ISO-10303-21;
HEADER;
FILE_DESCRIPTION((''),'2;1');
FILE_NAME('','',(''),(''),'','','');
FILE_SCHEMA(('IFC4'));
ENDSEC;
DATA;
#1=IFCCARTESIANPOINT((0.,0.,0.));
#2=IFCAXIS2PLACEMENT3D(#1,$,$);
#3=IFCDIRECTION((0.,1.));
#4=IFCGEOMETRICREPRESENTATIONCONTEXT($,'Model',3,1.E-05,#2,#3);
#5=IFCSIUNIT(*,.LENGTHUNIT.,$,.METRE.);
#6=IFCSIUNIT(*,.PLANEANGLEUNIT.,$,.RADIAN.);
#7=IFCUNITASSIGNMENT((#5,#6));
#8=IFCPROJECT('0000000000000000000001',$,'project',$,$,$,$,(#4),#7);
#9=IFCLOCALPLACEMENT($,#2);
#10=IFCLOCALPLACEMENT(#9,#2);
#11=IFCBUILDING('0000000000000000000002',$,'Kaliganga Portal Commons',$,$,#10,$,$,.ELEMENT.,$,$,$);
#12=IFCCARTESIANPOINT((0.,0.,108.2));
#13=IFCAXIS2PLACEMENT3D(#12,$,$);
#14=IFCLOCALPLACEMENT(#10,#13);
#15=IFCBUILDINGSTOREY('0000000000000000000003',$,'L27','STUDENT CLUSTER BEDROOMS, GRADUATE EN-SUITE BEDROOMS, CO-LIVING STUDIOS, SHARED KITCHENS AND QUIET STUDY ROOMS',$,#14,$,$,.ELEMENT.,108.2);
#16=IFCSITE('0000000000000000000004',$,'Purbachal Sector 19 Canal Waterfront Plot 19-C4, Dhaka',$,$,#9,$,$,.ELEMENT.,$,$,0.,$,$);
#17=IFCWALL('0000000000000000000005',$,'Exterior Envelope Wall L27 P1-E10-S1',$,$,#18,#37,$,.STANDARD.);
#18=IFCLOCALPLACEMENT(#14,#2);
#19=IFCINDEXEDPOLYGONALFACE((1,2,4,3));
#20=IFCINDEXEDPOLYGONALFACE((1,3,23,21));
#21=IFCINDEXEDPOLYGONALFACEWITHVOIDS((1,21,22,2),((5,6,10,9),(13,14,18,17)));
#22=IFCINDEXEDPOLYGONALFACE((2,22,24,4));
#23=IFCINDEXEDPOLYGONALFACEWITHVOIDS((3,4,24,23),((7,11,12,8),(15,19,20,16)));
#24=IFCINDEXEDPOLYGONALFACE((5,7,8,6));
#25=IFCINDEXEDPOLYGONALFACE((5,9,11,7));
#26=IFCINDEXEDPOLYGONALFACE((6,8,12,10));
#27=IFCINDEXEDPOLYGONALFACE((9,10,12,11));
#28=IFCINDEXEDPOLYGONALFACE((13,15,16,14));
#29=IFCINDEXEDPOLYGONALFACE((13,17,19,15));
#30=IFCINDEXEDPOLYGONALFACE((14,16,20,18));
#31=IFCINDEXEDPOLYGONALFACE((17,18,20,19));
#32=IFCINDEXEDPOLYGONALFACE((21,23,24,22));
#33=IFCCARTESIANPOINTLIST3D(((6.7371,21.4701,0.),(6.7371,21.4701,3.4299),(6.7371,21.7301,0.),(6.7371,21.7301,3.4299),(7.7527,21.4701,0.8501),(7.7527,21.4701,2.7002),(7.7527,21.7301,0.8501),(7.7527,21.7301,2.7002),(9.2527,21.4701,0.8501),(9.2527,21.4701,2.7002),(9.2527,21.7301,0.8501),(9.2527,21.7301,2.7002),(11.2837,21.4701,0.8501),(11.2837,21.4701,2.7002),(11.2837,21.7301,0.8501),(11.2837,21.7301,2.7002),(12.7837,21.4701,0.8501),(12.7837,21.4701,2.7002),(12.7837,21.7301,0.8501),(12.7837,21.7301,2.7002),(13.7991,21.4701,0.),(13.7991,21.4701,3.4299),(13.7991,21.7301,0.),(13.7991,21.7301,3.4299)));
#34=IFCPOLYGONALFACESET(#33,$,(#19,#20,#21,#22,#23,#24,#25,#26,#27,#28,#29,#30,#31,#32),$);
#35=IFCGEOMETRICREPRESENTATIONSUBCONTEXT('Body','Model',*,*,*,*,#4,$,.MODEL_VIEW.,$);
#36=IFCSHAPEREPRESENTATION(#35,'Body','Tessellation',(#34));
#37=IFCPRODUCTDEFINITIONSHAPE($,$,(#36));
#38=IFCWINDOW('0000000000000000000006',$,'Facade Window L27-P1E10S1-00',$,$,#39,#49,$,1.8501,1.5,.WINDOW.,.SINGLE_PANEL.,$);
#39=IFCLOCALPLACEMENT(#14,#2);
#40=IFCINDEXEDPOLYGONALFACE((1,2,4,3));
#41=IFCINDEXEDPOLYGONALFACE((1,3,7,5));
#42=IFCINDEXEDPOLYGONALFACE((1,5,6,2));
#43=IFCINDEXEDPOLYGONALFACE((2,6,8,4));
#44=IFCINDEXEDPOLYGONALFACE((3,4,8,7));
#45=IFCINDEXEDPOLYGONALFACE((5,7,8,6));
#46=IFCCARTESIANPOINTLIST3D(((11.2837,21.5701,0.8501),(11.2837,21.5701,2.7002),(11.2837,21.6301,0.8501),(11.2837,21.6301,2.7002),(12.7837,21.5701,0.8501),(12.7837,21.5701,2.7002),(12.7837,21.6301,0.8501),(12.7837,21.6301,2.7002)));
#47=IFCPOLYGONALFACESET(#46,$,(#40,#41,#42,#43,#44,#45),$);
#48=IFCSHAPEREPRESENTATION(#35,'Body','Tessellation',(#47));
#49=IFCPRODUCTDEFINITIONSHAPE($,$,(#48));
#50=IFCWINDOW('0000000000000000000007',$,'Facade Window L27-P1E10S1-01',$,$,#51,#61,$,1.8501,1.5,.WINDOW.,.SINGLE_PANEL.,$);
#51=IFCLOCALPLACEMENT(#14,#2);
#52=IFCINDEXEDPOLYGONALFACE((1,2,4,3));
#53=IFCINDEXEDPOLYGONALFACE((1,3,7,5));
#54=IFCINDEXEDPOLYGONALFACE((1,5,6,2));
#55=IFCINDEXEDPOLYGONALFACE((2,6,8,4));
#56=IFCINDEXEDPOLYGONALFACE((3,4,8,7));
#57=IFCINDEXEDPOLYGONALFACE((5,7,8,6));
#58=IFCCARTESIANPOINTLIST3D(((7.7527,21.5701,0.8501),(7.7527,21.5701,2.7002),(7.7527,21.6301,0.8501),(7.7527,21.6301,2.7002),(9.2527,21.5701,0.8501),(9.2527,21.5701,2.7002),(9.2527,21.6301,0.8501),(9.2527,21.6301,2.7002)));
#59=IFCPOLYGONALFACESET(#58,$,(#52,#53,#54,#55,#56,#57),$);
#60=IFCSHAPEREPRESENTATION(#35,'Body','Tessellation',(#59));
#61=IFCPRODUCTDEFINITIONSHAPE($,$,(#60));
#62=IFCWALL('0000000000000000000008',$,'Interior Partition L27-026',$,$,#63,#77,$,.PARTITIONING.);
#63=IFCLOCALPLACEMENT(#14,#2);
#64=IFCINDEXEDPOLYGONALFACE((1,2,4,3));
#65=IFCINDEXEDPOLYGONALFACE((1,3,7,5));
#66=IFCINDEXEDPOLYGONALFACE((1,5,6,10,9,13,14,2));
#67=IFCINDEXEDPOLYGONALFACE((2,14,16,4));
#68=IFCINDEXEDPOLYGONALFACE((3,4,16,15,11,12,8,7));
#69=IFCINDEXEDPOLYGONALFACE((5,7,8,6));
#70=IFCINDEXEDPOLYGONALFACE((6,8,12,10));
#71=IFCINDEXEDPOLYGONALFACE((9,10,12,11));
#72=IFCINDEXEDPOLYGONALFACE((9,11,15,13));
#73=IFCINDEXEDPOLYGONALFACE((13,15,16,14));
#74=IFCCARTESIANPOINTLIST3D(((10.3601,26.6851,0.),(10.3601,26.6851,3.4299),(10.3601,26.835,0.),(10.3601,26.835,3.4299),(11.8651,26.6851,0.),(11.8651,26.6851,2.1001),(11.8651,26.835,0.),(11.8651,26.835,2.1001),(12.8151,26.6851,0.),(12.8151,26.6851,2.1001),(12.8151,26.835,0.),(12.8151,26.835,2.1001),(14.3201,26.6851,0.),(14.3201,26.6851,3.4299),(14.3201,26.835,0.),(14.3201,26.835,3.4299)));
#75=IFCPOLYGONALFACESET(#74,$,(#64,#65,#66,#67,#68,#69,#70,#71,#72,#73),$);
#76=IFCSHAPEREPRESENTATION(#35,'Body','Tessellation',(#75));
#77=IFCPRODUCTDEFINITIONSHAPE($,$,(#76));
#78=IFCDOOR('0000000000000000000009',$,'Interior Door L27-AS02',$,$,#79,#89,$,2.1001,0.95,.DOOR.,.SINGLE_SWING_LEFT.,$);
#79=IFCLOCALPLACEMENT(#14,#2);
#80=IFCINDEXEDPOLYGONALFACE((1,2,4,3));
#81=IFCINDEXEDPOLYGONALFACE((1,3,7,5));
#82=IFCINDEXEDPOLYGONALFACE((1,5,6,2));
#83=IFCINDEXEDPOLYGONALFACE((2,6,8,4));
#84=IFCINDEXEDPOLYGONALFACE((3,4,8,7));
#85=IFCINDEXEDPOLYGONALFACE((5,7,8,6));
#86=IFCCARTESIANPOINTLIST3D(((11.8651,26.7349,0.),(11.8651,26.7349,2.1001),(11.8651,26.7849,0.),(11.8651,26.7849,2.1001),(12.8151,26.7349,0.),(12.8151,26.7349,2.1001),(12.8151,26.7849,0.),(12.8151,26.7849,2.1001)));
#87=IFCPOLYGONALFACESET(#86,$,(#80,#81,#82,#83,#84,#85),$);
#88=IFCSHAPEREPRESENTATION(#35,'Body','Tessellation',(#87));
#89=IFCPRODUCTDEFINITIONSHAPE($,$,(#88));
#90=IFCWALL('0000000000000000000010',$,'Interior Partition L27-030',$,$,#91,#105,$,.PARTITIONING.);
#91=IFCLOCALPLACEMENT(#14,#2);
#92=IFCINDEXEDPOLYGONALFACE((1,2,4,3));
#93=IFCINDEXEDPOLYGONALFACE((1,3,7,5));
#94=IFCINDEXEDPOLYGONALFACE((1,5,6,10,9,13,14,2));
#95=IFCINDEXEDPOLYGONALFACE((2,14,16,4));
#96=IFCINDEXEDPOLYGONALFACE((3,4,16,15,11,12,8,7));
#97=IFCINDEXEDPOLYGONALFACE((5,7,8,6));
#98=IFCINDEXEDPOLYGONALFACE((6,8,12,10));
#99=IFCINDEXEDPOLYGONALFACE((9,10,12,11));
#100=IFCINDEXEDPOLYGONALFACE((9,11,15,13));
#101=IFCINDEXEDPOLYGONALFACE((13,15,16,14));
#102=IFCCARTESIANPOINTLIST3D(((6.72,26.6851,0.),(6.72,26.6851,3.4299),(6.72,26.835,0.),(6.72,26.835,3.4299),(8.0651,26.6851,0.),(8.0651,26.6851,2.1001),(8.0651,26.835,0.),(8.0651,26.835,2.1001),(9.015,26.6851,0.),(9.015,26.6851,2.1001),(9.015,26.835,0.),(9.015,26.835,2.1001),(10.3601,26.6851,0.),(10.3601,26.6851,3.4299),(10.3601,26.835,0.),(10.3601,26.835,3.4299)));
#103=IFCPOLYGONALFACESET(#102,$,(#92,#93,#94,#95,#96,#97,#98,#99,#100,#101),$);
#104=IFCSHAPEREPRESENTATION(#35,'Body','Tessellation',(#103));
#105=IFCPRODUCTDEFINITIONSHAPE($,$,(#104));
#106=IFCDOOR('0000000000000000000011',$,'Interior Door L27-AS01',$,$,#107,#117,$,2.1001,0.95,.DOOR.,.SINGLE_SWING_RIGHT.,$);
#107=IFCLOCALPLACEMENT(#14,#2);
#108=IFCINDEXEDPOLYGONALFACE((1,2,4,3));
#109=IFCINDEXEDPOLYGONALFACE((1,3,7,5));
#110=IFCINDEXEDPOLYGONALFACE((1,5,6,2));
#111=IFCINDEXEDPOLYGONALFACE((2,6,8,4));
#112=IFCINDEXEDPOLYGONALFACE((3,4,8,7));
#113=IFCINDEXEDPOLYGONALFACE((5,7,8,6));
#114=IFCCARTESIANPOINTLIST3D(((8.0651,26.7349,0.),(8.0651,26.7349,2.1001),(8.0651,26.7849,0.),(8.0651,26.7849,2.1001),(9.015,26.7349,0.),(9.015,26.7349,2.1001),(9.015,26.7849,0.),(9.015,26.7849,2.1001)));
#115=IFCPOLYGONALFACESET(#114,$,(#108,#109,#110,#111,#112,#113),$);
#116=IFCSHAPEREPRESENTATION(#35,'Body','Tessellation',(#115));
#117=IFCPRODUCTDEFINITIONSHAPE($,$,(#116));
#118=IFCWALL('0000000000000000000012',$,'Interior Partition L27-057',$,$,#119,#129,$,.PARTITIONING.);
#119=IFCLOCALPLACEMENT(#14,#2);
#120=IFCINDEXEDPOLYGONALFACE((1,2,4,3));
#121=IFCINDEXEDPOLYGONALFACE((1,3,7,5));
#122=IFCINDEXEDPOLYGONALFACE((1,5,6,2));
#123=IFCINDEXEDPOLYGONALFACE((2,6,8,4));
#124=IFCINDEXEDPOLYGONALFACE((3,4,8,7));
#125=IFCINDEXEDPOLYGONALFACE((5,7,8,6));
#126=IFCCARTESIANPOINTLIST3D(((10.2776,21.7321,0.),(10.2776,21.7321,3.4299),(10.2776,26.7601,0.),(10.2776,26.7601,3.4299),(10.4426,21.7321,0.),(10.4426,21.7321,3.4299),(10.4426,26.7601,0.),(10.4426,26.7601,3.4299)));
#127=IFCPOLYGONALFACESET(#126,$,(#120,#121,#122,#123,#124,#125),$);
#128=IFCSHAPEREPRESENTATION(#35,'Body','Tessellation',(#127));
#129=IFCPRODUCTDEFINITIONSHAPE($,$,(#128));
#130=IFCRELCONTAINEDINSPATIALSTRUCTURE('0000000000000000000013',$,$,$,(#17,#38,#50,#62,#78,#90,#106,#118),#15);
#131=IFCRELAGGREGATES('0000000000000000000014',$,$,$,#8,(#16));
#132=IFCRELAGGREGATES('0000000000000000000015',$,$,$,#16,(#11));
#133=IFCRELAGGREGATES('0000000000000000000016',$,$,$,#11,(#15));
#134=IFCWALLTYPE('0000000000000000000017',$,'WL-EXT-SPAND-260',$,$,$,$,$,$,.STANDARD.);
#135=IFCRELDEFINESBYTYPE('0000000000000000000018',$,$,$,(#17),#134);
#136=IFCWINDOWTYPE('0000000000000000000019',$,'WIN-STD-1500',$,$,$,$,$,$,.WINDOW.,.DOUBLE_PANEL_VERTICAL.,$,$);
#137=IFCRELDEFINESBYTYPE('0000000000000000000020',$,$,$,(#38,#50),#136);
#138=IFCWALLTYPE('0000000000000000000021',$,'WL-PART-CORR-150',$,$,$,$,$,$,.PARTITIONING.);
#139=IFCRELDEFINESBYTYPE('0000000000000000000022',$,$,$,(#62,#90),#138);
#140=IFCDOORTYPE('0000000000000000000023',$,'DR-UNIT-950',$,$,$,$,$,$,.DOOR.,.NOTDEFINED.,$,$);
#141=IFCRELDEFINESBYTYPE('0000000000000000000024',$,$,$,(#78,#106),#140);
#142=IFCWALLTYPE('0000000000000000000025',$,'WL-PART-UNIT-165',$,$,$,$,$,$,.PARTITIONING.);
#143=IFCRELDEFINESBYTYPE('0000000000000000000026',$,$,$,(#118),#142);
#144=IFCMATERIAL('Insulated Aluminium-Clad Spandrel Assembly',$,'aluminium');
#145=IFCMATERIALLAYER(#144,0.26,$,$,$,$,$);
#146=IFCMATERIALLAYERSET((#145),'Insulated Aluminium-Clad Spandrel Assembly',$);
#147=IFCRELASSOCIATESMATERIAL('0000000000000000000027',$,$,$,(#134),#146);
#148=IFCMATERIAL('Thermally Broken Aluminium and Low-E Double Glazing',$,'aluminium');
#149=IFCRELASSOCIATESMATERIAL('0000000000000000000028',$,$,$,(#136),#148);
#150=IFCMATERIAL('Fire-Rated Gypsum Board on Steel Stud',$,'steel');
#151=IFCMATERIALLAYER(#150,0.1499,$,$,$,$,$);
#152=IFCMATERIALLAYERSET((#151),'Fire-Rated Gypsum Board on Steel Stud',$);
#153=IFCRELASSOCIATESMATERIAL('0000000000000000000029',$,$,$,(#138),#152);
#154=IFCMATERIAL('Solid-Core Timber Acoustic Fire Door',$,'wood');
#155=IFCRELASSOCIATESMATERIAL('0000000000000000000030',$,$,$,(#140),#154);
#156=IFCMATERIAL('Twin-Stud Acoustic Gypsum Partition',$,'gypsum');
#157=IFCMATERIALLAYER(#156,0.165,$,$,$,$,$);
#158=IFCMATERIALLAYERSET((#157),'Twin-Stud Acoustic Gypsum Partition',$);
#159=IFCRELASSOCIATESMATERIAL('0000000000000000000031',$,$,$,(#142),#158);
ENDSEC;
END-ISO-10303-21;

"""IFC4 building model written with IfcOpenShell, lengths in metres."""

from ifc_helpers import new_model, si_unit, direction, frame, frame_2d, origin, place, context, subcontext, project, spatial, rectangle, extrude, material, layer, layer_set, type_object, element, fill, save


model = new_model("IFC4")

# Units and contexts
model_context = context("Model", 3, precision=1e-05, world=origin(), true_north=direction((0.0, 1.0)))
body_context = subcontext(model_context, "Body", "Model", "MODEL_VIEW")
ifc_project = project(units=[si_unit("LENGTHUNIT", "METRE"), si_unit("PLANEANGLEUNIT", "RADIAN")], contexts=[model_context])

# Site, building, storey
site_placement = place(None, origin())
site = spatial("IfcSite", under=ifc_project, at=site_placement, Name="Purbachal Sector 19 Canal Waterfront Plot 19-C4, Dhaka", CompositionType="ELEMENT", RefElevation=0.0)
building_placement = place(site_placement, origin())
building = spatial("IfcBuilding", under=site, at=building_placement, Name="Kaliganga Portal Commons", CompositionType="ELEMENT")
storey_placement = place(building_placement, frame((0.0, 0.0, 108.2)))
storey = spatial("IfcBuildingStorey", under=building, at=storey_placement, Name="L27", Description="STUDENT CLUSTER BEDROOMS, GRADUATE EN-SUITE BEDROOMS, CO-LIVING STUDIOS, SHARED KITCHENS AND QUIET STUDY ROOMS", CompositionType="ELEMENT", Elevation=108.2)

# Wall, openings, windows
ifc_material_1 = material(Name="Insulated Aluminium-Clad Spandrel Assembly", Category="aluminium")
ifc_layer_1 = layer(ifc_material_1, 0.26)
ifc_layer_set_1 = layer_set([ifc_layer_1], Name="Insulated Aluminium-Clad Spandrel Assembly")
wall_type_1 = type_object("IfcWallType", Name="WL-EXT-SPAND-260", PredefinedType="STANDARD", material=ifc_layer_set_1)
wall_1_placement = place(storey_placement, frame((13.7991, 21.6001, 0.0), z_axis=(0.0, 0.0, 1.0), x_axis=(-1.0, 0.0, 0.0)))
wall_1 = element("IfcWall", 1, at=wall_1_placement, inside=storey, type_object=wall_type_1, Name="Exterior Envelope Wall L27 P1-E10-S1", PredefinedType="STANDARD", context=body_context, shape_type="SweptSolid", body=[
    extrude(rectangle(XDim=7.062, YDim=0.26, at=frame_2d((3.531, 0.0))), origin(), (0.0, 0.0, 1.0), 3.4299),
])
opening_1_placement = place(wall_1_placement, frame((1.0154, 0.0, 0.8501)))
opening_1 = element("IfcOpeningElement", 2, at=opening_1_placement, cuts=wall_1, PredefinedType="OPENING", context=body_context, shape_type="SweptSolid", body=[
    extrude(rectangle(XDim=1.5, YDim=1.8501, at=frame_2d((0.75, 0.925))), frame((0.0, 0.1401, 0.0), z_axis=(0.0, -1.0, 0.0), x_axis=(1.0, 0.0, 0.0)), (0.0, 0.0, 1.0), 0.28),
])
opening_2_placement = place(wall_1_placement, frame((4.5464, 0.0, 0.8501)))
opening_2 = element("IfcOpeningElement", 3, at=opening_2_placement, cuts=wall_1, PredefinedType="OPENING", context=body_context, shape_type="SweptSolid", body=[
    extrude(rectangle(XDim=1.5, YDim=1.8501, at=frame_2d((0.75, 0.925))), frame((0.0, 0.1401, 0.0), z_axis=(0.0, -1.0, 0.0), x_axis=(1.0, 0.0, 0.0)), (0.0, 0.0, 1.0), 0.28),
])
ifc_material_2 = material(Name="Thermally Broken Aluminium and Low-E Double Glazing", Category="aluminium")
window_type = type_object("IfcWindowType", Name="WIN-STD-1500", PartitioningType="DOUBLE_PANEL_VERTICAL", PredefinedType="WINDOW", material=ifc_material_2)
window_1_placement = place(opening_1_placement, origin())
window_1 = element("IfcWindow", 4, at=window_1_placement, inside=storey, type_object=window_type, Name="Facade Window L27-P1E10S1-00", OverallHeight=1.8501, OverallWidth=1.5, PartitioningType="SINGLE_PANEL", PredefinedType="WINDOW", context=body_context, shape_type="SweptSolid", body=[
    extrude(rectangle(XDim=1.5, YDim=1.8501, at=frame_2d((0.75, 0.925))), frame((0.0, 0.03, 0.0), z_axis=(0.0, -1.0, 0.0), x_axis=(1.0, 0.0, 0.0)), (0.0, 0.0, 1.0), 0.0601),
])
fill(opening_1, window_1)
window_2_placement = place(opening_2_placement, origin())
window_2 = element("IfcWindow", 5, at=window_2_placement, inside=storey, type_object=window_type, Name="Facade Window L27-P1E10S1-01", OverallHeight=1.8501, OverallWidth=1.5, PartitioningType="SINGLE_PANEL", PredefinedType="WINDOW", context=body_context, shape_type="SweptSolid", body=[
    extrude(rectangle(XDim=1.5, YDim=1.8501, at=frame_2d((0.75, 0.925))), frame((0.0, 0.03, 0.0), z_axis=(0.0, -1.0, 0.0), x_axis=(1.0, 0.0, 0.0)), (0.0, 0.0, 1.0), 0.0601),
])
fill(opening_2, window_2)

# Walls, openings, doors
ifc_material_3 = material(Name="Fire-Rated Gypsum Board on Steel Stud", Category="steel")
ifc_layer_2 = layer(ifc_material_3, 0.1499)
ifc_layer_set_2 = layer_set([ifc_layer_2], Name="Fire-Rated Gypsum Board on Steel Stud")
wall_type_2 = type_object("IfcWallType", Name="WL-PART-CORR-150", PredefinedType="PARTITIONING", material=ifc_layer_set_2)
wall_2_placement = place(storey_placement, frame((10.3601, 26.76, 0.0), z_axis=(0.0, 0.0, 1.0), x_axis=(1.0, 0.0, 0.0)))
wall_2 = element("IfcWall", 6, at=wall_2_placement, inside=storey, type_object=wall_type_2, Name="Interior Partition L27-026", PredefinedType="PARTITIONING", context=body_context, shape_type="SweptSolid", body=[
    extrude(rectangle(XDim=3.96, YDim=0.1499, at=frame_2d((1.98, 0.0))), origin(), (0.0, 0.0, 1.0), 3.4299),
])
opening_3_placement = place(wall_2_placement, frame((1.5049, 0.0, 0.0)))
opening_3 = element("IfcOpeningElement", 7, at=opening_3_placement, cuts=wall_2, PredefinedType="OPENING", context=body_context, shape_type="SweptSolid", body=[
    extrude(rectangle(XDim=0.95, YDim=2.1001, at=frame_2d((0.4751, 1.05))), frame((0.0, 0.085, 0.0), z_axis=(0.0, -1.0, 0.0), x_axis=(1.0, 0.0, 0.0)), (0.0, 0.0, 1.0), 0.1699),
])
ifc_material_4 = material(Name="Solid-Core Timber Acoustic Fire Door", Category="wood")
door_type = type_object("IfcDoorType", Name="DR-UNIT-950", OperationType="NOTDEFINED", PredefinedType="DOOR", material=ifc_material_4)
door_1_placement = place(opening_3_placement, origin())
door_1 = element("IfcDoor", 8, at=door_1_placement, inside=storey, type_object=door_type, Name="Interior Door L27-AS02", OperationType="SINGLE_SWING_LEFT", OverallHeight=2.1001, OverallWidth=0.95, PredefinedType="DOOR", context=body_context, shape_type="SweptSolid", body=[
    extrude(rectangle(XDim=0.95, YDim=2.1001, at=frame_2d((0.4751, 1.05))), frame((0.0, 0.0249, 0.0), z_axis=(0.0, -1.0, 0.0), x_axis=(1.0, 0.0, 0.0)), (0.0, 0.0, 1.0), 0.05),
])
fill(opening_3, door_1)
wall_3_placement = place(storey_placement, frame((6.72, 26.76, 0.0), z_axis=(0.0, 0.0, 1.0), x_axis=(1.0, 0.0, 0.0)))
wall_3 = element("IfcWall", 9, at=wall_3_placement, inside=storey, type_object=wall_type_2, Name="Interior Partition L27-030", PredefinedType="PARTITIONING", context=body_context, shape_type="SweptSolid", body=[
    extrude(rectangle(XDim=3.6401, YDim=0.1499, at=frame_2d((1.8201, 0.0))), origin(), (0.0, 0.0, 1.0), 3.4299),
])
opening_4_placement = place(wall_3_placement, frame((1.345, 0.0, 0.0)))
opening_4 = element("IfcOpeningElement", 10, at=opening_4_placement, cuts=wall_3, PredefinedType="OPENING", context=body_context, shape_type="SweptSolid", body=[
    extrude(rectangle(XDim=0.95, YDim=2.1001, at=frame_2d((0.4751, 1.05))), frame((0.0, 0.085, 0.0), z_axis=(0.0, -1.0, 0.0), x_axis=(1.0, 0.0, 0.0)), (0.0, 0.0, 1.0), 0.1699),
])
door_2_placement = place(opening_4_placement, origin())
door_2 = element("IfcDoor", 11, at=door_2_placement, inside=storey, type_object=door_type, Name="Interior Door L27-AS01", OperationType="SINGLE_SWING_RIGHT", OverallHeight=2.1001, OverallWidth=0.95, PredefinedType="DOOR", context=body_context, shape_type="SweptSolid", body=[
    extrude(rectangle(XDim=0.95, YDim=2.1001, at=frame_2d((0.4751, 1.05))), frame((0.0, 0.0249, 0.0), z_axis=(0.0, -1.0, 0.0), x_axis=(1.0, 0.0, 0.0)), (0.0, 0.0, 1.0), 0.05),
])
fill(opening_4, door_2)

# Wall
ifc_material_5 = material(Name="Twin-Stud Acoustic Gypsum Partition", Category="gypsum")
ifc_layer_3 = layer(ifc_material_5, 0.165)
ifc_layer_set_3 = layer_set([ifc_layer_3], Name="Twin-Stud Acoustic Gypsum Partition")
wall_type_3 = type_object("IfcWallType", Name="WL-PART-UNIT-165", PredefinedType="PARTITIONING", material=ifc_layer_set_3)
wall_4_placement = place(storey_placement, frame((10.3601, 21.7319, 0.0), z_axis=(0.0, 0.0, 1.0), x_axis=(0.0, 1.0, 0.0)))
element("IfcWall", 12, at=wall_4_placement, inside=storey, type_object=wall_type_3, Name="Interior Partition L27-057", PredefinedType="PARTITIONING", context=body_context, shape_type="SweptSolid", body=[
    extrude(rectangle(XDim=5.0281, YDim=0.165, at=frame_2d((2.5142, 0.0))), origin(), (0.0, 0.0, 1.0), 3.4299),
])

save(model, "model.ifc")
